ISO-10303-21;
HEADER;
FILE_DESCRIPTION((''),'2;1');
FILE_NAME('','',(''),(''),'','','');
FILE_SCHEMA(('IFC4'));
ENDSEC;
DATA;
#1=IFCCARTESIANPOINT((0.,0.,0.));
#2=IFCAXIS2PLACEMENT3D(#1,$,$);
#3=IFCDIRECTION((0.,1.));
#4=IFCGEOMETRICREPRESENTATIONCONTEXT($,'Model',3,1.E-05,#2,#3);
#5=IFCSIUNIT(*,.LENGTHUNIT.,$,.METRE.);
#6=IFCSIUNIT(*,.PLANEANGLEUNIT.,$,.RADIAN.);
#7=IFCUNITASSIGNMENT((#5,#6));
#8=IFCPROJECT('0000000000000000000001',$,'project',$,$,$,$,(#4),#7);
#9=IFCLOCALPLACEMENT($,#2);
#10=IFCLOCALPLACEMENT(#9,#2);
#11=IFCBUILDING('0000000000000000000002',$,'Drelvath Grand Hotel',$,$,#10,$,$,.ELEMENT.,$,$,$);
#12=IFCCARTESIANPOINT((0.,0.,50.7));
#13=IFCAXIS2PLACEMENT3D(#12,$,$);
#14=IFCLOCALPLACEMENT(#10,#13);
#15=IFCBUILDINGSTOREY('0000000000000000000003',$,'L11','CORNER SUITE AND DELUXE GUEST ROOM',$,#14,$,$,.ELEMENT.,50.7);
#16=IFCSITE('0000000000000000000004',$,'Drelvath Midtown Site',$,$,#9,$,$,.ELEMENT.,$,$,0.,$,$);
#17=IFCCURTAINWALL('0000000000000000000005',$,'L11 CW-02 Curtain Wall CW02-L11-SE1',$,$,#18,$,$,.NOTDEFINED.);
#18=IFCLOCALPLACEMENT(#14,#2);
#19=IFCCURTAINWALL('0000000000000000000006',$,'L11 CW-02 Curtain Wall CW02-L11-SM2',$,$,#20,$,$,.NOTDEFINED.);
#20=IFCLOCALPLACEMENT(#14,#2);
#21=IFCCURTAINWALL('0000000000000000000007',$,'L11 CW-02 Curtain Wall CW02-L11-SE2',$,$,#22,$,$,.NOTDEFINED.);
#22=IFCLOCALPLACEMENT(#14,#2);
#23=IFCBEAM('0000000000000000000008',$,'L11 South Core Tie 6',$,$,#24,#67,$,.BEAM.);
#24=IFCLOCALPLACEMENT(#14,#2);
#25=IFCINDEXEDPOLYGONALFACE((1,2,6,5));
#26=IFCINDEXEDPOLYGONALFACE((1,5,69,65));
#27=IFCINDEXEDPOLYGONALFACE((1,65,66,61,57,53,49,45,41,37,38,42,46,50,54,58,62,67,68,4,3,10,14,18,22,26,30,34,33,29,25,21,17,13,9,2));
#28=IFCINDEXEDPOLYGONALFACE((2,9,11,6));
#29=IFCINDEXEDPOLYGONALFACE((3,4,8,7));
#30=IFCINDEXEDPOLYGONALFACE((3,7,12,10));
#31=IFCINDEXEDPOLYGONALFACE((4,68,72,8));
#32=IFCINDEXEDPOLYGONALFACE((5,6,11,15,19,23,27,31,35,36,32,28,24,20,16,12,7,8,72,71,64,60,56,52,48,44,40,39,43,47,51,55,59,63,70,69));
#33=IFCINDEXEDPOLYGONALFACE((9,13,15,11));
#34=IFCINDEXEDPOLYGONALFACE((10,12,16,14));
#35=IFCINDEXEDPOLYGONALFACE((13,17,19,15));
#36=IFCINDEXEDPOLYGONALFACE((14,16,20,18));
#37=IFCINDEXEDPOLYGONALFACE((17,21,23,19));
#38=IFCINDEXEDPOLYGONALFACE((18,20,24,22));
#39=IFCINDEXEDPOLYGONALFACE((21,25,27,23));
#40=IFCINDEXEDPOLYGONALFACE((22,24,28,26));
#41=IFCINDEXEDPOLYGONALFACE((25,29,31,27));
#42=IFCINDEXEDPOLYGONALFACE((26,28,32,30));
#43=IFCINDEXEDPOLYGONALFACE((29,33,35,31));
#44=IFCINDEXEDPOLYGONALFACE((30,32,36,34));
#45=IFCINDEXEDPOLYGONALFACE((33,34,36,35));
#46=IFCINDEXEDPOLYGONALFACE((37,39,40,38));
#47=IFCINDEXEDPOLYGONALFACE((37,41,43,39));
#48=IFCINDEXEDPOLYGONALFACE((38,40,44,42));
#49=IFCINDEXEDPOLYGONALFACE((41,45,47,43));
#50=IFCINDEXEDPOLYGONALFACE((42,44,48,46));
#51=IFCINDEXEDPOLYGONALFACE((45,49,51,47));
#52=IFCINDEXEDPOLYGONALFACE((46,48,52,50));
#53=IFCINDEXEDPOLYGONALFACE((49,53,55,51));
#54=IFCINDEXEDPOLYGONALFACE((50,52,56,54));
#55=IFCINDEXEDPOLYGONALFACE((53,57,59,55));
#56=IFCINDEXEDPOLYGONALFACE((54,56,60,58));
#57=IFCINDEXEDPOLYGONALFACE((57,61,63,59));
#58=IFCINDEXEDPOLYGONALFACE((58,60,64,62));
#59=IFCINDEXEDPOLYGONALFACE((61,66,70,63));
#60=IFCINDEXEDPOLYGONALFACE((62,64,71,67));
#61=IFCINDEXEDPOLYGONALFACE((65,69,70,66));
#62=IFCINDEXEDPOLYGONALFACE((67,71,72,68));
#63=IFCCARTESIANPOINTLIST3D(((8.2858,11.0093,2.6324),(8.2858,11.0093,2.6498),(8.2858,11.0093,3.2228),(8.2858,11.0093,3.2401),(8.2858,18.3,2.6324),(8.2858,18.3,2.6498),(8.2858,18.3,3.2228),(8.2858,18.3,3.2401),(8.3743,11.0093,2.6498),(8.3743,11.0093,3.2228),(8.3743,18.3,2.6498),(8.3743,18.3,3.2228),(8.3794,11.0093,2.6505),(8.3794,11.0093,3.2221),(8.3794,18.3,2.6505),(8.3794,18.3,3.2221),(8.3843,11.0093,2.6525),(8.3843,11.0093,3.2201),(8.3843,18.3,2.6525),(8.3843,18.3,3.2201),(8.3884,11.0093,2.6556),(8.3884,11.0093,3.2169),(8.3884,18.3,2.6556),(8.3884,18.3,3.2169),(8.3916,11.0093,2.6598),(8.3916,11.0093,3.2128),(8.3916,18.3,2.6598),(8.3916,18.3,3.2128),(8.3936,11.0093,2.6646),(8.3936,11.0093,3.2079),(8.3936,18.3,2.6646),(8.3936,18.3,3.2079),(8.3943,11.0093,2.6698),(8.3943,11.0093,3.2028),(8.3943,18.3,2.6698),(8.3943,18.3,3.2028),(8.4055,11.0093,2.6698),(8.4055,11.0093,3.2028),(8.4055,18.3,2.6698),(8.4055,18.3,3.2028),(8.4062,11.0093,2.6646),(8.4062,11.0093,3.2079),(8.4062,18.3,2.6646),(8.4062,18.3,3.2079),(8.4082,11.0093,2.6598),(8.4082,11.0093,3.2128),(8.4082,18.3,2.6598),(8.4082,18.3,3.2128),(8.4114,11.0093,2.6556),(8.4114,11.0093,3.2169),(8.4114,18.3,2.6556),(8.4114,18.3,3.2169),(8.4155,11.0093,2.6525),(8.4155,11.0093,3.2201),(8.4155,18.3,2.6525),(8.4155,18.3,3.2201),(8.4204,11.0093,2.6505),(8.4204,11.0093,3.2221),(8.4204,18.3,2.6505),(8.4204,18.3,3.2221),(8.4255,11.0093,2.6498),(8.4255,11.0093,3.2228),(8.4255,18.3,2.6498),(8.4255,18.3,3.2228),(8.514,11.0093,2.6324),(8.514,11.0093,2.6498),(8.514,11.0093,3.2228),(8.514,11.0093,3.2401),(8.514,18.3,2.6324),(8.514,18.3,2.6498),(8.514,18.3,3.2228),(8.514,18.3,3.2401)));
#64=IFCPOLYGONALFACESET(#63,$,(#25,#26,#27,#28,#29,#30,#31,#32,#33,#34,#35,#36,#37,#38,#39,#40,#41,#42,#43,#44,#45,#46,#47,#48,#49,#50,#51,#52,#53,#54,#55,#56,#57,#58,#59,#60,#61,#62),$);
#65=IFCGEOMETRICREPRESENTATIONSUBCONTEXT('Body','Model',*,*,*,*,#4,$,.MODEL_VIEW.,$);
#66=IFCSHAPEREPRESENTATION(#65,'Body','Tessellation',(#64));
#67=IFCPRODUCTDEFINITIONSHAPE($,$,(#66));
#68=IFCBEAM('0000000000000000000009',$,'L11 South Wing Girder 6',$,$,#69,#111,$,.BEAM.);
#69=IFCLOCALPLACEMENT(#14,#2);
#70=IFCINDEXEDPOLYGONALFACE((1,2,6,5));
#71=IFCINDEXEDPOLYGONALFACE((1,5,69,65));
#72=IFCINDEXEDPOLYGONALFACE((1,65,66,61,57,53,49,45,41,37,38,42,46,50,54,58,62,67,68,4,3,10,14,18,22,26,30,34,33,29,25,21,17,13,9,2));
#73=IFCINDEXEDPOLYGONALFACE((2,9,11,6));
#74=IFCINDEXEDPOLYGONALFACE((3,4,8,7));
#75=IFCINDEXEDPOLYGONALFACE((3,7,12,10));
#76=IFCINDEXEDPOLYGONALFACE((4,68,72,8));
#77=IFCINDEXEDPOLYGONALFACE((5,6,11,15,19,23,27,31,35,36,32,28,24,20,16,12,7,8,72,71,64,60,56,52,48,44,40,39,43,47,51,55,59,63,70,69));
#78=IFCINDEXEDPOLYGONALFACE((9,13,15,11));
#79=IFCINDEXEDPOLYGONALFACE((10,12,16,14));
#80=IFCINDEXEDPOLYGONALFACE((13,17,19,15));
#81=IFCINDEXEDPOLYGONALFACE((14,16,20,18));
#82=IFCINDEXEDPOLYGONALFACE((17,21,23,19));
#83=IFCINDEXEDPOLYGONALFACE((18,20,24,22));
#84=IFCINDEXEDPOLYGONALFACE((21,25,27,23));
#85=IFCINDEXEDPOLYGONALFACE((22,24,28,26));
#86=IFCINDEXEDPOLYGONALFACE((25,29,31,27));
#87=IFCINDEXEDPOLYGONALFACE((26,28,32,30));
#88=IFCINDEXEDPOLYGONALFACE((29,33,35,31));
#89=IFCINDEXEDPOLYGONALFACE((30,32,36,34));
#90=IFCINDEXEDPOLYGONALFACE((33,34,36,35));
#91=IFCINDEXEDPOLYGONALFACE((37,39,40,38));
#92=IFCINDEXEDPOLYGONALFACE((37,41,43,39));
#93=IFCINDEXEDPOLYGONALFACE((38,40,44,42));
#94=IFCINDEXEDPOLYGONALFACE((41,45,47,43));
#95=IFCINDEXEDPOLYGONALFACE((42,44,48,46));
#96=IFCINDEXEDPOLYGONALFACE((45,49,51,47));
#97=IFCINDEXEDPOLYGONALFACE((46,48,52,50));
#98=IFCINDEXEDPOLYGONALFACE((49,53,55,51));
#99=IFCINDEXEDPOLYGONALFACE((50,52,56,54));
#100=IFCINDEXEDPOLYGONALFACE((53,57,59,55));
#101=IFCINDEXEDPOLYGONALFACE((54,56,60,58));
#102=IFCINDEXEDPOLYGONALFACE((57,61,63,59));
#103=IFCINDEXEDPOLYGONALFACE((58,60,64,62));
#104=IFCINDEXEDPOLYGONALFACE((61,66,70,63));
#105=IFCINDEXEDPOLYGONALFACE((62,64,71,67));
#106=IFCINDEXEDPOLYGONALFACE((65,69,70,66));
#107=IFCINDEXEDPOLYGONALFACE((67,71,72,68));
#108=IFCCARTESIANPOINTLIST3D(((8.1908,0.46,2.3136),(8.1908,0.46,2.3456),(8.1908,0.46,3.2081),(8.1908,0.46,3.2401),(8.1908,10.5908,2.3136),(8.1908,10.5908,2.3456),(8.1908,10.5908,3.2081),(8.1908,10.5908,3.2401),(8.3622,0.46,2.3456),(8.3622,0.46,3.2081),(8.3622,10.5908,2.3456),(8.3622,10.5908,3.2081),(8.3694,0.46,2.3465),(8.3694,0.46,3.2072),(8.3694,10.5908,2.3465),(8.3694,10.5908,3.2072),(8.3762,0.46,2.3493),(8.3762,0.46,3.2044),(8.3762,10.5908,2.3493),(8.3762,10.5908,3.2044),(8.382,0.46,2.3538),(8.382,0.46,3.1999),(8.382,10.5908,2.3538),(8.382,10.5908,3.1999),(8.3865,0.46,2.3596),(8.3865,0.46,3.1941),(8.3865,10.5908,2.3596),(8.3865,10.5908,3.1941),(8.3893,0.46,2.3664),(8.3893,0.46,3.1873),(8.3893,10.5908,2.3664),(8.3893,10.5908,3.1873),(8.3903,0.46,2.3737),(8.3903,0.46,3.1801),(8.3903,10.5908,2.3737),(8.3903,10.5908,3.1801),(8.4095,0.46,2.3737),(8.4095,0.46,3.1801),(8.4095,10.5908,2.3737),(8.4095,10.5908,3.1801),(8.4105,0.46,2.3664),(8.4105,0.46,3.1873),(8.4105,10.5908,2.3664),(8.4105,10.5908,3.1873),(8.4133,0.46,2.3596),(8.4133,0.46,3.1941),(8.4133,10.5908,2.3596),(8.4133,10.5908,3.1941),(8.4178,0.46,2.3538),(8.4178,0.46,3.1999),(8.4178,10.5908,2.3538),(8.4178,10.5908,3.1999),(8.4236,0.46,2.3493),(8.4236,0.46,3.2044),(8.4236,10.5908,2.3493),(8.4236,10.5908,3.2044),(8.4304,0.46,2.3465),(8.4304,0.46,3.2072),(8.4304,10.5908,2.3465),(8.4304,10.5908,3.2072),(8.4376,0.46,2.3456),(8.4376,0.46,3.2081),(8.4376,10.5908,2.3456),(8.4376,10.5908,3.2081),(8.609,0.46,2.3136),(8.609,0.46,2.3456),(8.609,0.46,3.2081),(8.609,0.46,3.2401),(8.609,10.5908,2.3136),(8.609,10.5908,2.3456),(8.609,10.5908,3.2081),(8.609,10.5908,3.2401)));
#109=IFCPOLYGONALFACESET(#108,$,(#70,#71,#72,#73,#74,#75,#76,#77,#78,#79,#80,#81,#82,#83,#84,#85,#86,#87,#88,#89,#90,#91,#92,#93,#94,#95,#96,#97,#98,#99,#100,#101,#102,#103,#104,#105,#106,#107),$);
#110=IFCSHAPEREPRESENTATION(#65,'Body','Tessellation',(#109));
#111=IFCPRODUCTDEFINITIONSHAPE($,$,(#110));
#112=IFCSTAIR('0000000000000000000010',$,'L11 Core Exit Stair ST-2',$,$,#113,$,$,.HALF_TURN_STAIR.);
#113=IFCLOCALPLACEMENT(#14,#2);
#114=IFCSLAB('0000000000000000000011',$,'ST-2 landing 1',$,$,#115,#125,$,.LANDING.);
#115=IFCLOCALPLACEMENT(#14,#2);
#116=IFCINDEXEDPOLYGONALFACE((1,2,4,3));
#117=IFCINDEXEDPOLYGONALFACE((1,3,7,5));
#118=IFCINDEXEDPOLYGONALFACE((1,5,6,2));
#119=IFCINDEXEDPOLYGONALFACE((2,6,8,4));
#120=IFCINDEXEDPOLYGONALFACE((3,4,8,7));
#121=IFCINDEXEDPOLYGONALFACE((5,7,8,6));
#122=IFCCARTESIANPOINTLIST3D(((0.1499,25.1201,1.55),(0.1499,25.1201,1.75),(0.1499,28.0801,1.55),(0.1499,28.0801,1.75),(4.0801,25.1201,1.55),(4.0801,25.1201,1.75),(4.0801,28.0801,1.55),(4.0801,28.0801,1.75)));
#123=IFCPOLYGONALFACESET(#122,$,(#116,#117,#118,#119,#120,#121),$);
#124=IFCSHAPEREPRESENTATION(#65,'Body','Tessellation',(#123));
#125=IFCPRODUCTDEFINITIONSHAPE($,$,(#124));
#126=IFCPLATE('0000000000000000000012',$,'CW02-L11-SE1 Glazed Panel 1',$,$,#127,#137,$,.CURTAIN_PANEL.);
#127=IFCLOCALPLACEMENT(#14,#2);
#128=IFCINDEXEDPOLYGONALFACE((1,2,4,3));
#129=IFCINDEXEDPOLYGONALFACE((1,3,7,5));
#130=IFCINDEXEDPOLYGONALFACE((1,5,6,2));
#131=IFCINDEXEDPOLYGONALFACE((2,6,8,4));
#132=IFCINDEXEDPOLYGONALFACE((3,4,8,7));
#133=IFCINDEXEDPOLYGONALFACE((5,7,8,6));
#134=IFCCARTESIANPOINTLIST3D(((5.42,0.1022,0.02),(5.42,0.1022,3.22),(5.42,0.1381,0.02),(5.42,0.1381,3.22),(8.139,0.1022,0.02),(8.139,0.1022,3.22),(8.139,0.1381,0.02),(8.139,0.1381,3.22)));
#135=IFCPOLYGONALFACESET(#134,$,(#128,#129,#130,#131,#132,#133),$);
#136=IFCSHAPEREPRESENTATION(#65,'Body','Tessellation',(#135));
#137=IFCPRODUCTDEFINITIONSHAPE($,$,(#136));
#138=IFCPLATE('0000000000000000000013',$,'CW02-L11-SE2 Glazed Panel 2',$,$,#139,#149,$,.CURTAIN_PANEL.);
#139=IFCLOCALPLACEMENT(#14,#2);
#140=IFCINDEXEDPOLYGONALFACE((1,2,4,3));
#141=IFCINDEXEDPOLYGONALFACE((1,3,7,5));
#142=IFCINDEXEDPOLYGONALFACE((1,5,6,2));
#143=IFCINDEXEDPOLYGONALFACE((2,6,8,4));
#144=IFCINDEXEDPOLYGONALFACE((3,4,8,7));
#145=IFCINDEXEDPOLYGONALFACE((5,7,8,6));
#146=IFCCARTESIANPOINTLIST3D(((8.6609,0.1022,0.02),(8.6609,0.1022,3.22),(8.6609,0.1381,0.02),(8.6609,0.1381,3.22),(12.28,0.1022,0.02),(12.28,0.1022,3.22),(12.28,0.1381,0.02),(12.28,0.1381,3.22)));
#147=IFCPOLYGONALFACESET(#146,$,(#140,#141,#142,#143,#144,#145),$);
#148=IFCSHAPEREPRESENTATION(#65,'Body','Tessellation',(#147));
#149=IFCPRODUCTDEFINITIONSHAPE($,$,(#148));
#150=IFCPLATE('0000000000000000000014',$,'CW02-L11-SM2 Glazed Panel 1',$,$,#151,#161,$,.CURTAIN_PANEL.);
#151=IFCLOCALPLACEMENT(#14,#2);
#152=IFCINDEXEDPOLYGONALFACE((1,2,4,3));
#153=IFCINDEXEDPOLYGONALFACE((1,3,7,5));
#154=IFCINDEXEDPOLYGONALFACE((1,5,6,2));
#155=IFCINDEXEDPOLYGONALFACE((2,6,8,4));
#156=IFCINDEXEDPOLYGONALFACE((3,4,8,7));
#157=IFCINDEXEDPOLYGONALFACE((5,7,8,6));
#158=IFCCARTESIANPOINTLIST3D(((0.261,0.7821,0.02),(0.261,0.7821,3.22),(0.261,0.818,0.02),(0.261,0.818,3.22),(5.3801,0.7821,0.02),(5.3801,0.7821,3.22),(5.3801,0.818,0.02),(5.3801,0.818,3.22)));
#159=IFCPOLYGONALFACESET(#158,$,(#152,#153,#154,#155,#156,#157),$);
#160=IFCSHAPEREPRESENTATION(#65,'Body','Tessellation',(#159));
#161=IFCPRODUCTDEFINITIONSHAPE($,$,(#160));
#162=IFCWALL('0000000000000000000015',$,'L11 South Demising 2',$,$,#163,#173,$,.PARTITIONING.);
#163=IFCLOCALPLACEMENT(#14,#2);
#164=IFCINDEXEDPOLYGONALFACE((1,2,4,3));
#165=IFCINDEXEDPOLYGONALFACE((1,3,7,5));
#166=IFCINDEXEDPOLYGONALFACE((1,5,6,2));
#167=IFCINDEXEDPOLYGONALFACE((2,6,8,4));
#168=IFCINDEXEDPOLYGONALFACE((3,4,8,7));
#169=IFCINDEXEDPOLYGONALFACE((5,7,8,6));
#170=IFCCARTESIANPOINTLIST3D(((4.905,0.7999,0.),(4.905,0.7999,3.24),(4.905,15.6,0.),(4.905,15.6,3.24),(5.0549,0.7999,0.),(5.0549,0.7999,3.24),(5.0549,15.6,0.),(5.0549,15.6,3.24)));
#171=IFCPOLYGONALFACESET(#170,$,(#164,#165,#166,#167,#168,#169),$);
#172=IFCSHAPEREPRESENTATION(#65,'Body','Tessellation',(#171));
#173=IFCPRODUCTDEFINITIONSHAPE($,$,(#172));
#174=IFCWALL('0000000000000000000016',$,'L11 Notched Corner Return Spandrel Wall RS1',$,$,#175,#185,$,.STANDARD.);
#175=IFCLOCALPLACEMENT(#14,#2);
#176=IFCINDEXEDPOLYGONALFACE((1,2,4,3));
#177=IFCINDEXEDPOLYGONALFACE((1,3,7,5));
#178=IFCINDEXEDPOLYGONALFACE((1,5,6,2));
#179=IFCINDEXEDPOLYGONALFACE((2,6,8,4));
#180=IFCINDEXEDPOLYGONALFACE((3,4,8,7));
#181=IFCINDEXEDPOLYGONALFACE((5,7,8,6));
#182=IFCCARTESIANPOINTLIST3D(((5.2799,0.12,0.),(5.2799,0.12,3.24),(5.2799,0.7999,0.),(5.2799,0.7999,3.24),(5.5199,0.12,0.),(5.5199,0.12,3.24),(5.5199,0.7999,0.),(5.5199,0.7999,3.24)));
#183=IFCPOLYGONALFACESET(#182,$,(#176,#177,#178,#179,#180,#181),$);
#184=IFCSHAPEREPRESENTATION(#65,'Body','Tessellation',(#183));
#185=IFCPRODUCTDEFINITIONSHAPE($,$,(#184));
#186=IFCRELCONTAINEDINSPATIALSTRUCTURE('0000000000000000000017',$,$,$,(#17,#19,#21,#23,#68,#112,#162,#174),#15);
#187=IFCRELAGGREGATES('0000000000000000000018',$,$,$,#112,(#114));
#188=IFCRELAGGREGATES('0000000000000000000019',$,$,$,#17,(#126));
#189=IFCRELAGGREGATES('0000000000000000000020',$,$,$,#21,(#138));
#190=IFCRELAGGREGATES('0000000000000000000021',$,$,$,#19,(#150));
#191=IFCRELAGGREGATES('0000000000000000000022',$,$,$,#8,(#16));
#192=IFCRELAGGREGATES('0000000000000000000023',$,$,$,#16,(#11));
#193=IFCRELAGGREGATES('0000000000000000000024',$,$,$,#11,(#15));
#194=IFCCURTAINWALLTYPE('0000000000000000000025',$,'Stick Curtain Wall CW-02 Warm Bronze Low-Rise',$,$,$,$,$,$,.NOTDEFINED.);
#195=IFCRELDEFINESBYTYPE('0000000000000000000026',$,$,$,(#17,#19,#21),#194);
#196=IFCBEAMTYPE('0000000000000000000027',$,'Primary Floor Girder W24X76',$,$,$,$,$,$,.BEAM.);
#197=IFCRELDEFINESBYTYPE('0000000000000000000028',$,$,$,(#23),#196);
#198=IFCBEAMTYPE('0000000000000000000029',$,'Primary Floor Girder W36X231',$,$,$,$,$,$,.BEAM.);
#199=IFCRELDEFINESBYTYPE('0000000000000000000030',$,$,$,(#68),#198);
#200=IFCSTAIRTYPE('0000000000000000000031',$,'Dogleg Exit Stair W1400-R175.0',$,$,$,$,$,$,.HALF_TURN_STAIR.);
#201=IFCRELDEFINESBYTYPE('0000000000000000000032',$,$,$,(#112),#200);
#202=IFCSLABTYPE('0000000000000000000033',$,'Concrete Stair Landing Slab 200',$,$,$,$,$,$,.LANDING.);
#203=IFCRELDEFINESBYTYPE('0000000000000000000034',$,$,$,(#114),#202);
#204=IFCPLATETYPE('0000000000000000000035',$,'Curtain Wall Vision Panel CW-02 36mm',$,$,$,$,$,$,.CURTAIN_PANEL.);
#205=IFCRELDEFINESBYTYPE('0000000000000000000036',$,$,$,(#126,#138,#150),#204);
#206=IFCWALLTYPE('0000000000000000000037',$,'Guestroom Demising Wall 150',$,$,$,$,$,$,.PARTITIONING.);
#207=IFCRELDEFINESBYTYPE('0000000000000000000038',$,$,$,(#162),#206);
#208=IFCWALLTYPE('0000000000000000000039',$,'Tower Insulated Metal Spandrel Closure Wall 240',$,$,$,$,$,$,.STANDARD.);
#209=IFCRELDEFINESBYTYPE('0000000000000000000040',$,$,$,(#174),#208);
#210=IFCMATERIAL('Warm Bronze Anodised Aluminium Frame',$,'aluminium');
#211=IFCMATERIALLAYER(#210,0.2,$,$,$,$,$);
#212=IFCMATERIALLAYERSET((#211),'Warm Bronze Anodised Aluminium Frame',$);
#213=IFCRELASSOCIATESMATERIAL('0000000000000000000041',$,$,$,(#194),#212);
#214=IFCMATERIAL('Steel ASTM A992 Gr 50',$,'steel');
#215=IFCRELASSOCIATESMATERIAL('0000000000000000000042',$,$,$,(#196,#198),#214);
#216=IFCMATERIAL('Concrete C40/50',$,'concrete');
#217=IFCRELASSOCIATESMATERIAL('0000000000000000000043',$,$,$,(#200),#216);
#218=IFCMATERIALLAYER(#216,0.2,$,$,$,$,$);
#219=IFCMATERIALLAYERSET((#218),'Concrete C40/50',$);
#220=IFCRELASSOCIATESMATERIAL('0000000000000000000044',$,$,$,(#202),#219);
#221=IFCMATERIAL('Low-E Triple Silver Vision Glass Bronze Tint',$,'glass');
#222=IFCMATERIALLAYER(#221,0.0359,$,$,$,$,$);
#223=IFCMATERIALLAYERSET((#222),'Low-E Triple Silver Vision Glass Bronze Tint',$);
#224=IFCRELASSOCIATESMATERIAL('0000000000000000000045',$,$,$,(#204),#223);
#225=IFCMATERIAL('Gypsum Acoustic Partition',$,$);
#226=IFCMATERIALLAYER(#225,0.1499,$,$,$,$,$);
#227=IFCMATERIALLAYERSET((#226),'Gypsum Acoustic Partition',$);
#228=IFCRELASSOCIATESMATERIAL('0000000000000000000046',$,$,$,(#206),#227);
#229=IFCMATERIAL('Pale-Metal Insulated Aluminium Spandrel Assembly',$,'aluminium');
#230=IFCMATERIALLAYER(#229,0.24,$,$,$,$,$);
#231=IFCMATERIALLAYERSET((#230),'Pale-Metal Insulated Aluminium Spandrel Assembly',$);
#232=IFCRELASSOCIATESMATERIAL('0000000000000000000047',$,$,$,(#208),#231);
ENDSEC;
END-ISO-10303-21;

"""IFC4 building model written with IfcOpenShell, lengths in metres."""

from ifc_helpers import new_model, si_unit, direction, frame, frame_2d, origin, origin_2d, place, context, subcontext, project, spatial, polyline, rectangle, i_section, outline, extrude, material, layer, layer_set, material_profile, profile_set, type_object, element, aggregate, save


model = new_model("IFC4")

# Units and contexts
model_context = context("Model", 3, precision=1e-05, world=origin(), true_north=direction((0.0, 1.0)))
body_context = subcontext(model_context, "Body", "Model", "MODEL_VIEW")
ifc_project = project(units=[si_unit("LENGTHUNIT", "METRE"), si_unit("PLANEANGLEUNIT", "RADIAN")], contexts=[model_context])

# Site, building, storey
site_placement = place(None, origin())
site = spatial("IfcSite", under=ifc_project, at=site_placement, Name="Drelvath Midtown Site", CompositionType="ELEMENT", RefElevation=0.0)
building_placement = place(site_placement, origin())
building = spatial("IfcBuilding", under=site, at=building_placement, Name="Drelvath Grand Hotel", CompositionType="ELEMENT")
storey_placement = place(building_placement, frame((0.0, 0.0, 50.7)))
storey = spatial("IfcBuildingStorey", under=building, at=storey_placement, Name="L11", Description="CORNER SUITE AND DELUXE GUEST ROOM", CompositionType="ELEMENT", Elevation=50.7)

# Shared definitions
ifc_material_1 = material(Name="Steel ASTM A992 Gr 50", Category="steel")

# Curtain walls
ifc_material_2 = material(Name="Warm Bronze Anodised Aluminium Frame", Category="aluminium")
ifc_layer_1 = layer(ifc_material_2, 0.2)
ifc_layer_set_1 = layer_set([ifc_layer_1], Name="Warm Bronze Anodised Aluminium Frame")
curtain_wall_type = type_object("IfcCurtainWallType", Name="Stick Curtain Wall CW-02 Warm Bronze Low-Rise", PredefinedType="NOTDEFINED", material=ifc_layer_set_1)
curtain_wall_1_placement = place(storey_placement, origin())
curtain_wall_1 = element("IfcCurtainWall", 1, at=curtain_wall_1_placement, inside=storey, type_object=curtain_wall_type, Name="L11 CW-02 Curtain Wall CW02-L11-SE1", PredefinedType="NOTDEFINED")
curtain_wall_2_placement = place(storey_placement, origin())
curtain_wall_2 = element("IfcCurtainWall", 2, at=curtain_wall_2_placement, inside=storey, type_object=curtain_wall_type, Name="L11 CW-02 Curtain Wall CW02-L11-SM2", PredefinedType="NOTDEFINED")

# Curtain wall
curtain_wall_3_placement = place(storey_placement, origin())
curtain_wall_3 = element("IfcCurtainWall", 3, at=curtain_wall_3_placement, inside=storey, type_object=curtain_wall_type, Name="L11 CW-02 Curtain Wall CW02-L11-SE2", PredefinedType="NOTDEFINED")

# Beams
ifc_material_profile_1 = material_profile(ifc_material_1, i_section(OverallWidth=0.2283, OverallDepth=0.6077, WebThickness=0.0112, FlangeThickness=0.0173, FilletRadius=0.02, at=origin_2d()), Name="W24X76")
ifc_profile_set_1 = profile_set([ifc_material_profile_1], Name="Steel ASTM A992 Gr 50")
beam_type_1 = type_object("IfcBeamType", Name="Primary Floor Girder W24X76", PredefinedType="BEAM", material=ifc_profile_set_1)
beam_1_placement = place(storey_placement, frame((8.3999, 11.0093, 2.9363), z_axis=(0.0, 1.0, 0.0), x_axis=(-1.0, 0.0, 0.0)))
element("IfcBeam", 4, at=beam_1_placement, inside=storey, type_object=beam_type_1, Name="L11 South Core Tie 6", PredefinedType="BEAM", context=body_context, shape_type="SweptSolid", body=[
    extrude(i_section(OverallWidth=0.2283, OverallDepth=0.6077, WebThickness=0.0112, FlangeThickness=0.0173, FilletRadius=0.02, at=origin_2d()), origin(), (0.0, 0.0, 1.0), 7.2908),
])
ifc_material_profile_2 = material_profile(ifc_material_1, i_section(OverallWidth=0.4182, OverallDepth=0.9265, WebThickness=0.0193, FlangeThickness=0.032, FilletRadius=0.0281, at=origin_2d()), Name="W36X231")
ifc_profile_set_2 = profile_set([ifc_material_profile_2], Name="Steel ASTM A992 Gr 50")
beam_type_2 = type_object("IfcBeamType", Name="Primary Floor Girder W36X231", PredefinedType="BEAM", material=ifc_profile_set_2)
beam_2_placement = place(storey_placement, frame((8.3999, 0.46, 2.7769), z_axis=(0.0, 1.0, 0.0), x_axis=(-1.0, 0.0, 0.0)))
element("IfcBeam", 5, at=beam_2_placement, inside=storey, type_object=beam_type_2, Name="L11 South Wing Girder 6", PredefinedType="BEAM", context=body_context, shape_type="SweptSolid", body=[
    extrude(i_section(OverallWidth=0.4182, OverallDepth=0.9265, WebThickness=0.0193, FlangeThickness=0.032, FilletRadius=0.0281, at=origin_2d()), origin(), (0.0, 0.0, 1.0), 10.1309),
])

# Stair, slab
ifc_material_3 = material(Name="Concrete C40/50", Category="concrete")
stair_type = type_object("IfcStairType", Name="Dogleg Exit Stair W1400-R175.0", PredefinedType="HALF_TURN_STAIR", material=ifc_material_3)
stair_placement = place(storey_placement, origin())
stair = element("IfcStair", 6, at=stair_placement, inside=storey, type_object=stair_type, Name="L11 Core Exit Stair ST-2", PredefinedType="HALF_TURN_STAIR")
ifc_layer_2 = layer(ifc_material_3, 0.2)
ifc_layer_set_2 = layer_set([ifc_layer_2], Name="Concrete C40/50")
slab_type = type_object("IfcSlabType", Name="Concrete Stair Landing Slab 200", PredefinedType="LANDING", material=ifc_layer_set_2)
slab_placement = place(storey_placement, frame((0.0, 0.0, 1.55)))
slab = element("IfcSlab", 7, at=slab_placement, type_object=slab_type, Name="ST-2 landing 1", PredefinedType="LANDING", context=body_context, shape_type="SweptSolid", body=[
    extrude(outline(polyline([(4.0801, 28.0801), (0.1499, 28.0801), (0.1499, 25.1201), (4.0801, 25.1201), (4.0801, 28.0801)])), origin(), (0.0, 0.0, 1.0), 0.2),
])
aggregate(stair, [slab])

# Plates
ifc_material_4 = material(Name="Low-E Triple Silver Vision Glass Bronze Tint", Category="glass")
ifc_layer_3 = layer(ifc_material_4, 0.0359)
ifc_layer_set_3 = layer_set([ifc_layer_3], Name="Low-E Triple Silver Vision Glass Bronze Tint")
plate_type = type_object("IfcPlateType", Name="Curtain Wall Vision Panel CW-02 36mm", PredefinedType="CURTAIN_PANEL", material=ifc_layer_set_3)
plate_1_placement = place(storey_placement, frame((6.7795, 0.1201, 0.02), z_axis=(0.0, 0.0, 1.0), x_axis=(-1.0, 0.0, 0.0)))
plate_1 = element("IfcPlate", 8, at=plate_1_placement, type_object=plate_type, Name="CW02-L11-SE1 Glazed Panel 1", PredefinedType="CURTAIN_PANEL", context=body_context, shape_type="SweptSolid", body=[
    extrude(rectangle(XDim=2.719, YDim=0.0359, at=origin_2d()), origin(), (0.0, 0.0, 1.0), 3.2),
])
aggregate(curtain_wall_1, [plate_1])
plate_2_placement = place(storey_placement, frame((10.4705, 0.1201, 0.02), z_axis=(0.0, 0.0, 1.0), x_axis=(-1.0, 0.0, 0.0)))
plate_2 = element("IfcPlate", 9, at=plate_2_placement, type_object=plate_type, Name="CW02-L11-SE2 Glazed Panel 2", PredefinedType="CURTAIN_PANEL", context=body_context, shape_type="SweptSolid", body=[
    extrude(rectangle(XDim=3.6191, YDim=0.0359, at=origin_2d()), origin(), (0.0, 0.0, 1.0), 3.2),
])
aggregate(curtain_wall_3, [plate_2])
plate_3_placement = place(storey_placement, frame((2.8206, 0.8, 0.02), z_axis=(0.0, 0.0, 1.0), x_axis=(-1.0, 0.0, 0.0)))
plate_3 = element("IfcPlate", 10, at=plate_3_placement, type_object=plate_type, Name="CW02-L11-SM2 Glazed Panel 1", PredefinedType="CURTAIN_PANEL", context=body_context, shape_type="SweptSolid", body=[
    extrude(rectangle(XDim=5.1191, YDim=0.0359, at=origin_2d()), origin(), (0.0, 0.0, 1.0), 3.2),
])
aggregate(curtain_wall_2, [plate_3])

# Walls
ifc_material_5 = material(Name="Gypsum Acoustic Partition")
ifc_layer_4 = layer(ifc_material_5, 0.1499)
ifc_layer_set_4 = layer_set([ifc_layer_4], Name="Gypsum Acoustic Partition")
wall_type_1 = type_object("IfcWallType", Name="Guestroom Demising Wall 150", PredefinedType="PARTITIONING", material=ifc_layer_set_4)
wall_1_placement = place(storey_placement, frame((4.98, 0.8, 0.0), z_axis=(0.0, 0.0, 1.0), x_axis=(0.0, 1.0, 0.0)))
element("IfcWall", 11, at=wall_1_placement, inside=storey, type_object=wall_type_1, Name="L11 South Demising 2", PredefinedType="PARTITIONING", context=body_context, shape_type="SweptSolid", body=[
    extrude(rectangle(XDim=14.8, YDim=0.1499, at=frame_2d((7.3999, 0.0))), origin(), (0.0, 0.0, 1.0), 3.24),
])
ifc_material_6 = material(Name="Pale-Metal Insulated Aluminium Spandrel Assembly", Category="aluminium")
ifc_layer_5 = layer(ifc_material_6, 0.24)
ifc_layer_set_5 = layer_set([ifc_layer_5], Name="Pale-Metal Insulated Aluminium Spandrel Assembly")
wall_type_2 = type_object("IfcWallType", Name="Tower Insulated Metal Spandrel Closure Wall 240", PredefinedType="STANDARD", material=ifc_layer_set_5)
wall_2_placement = place(storey_placement, frame((5.3999, 0.1201, 0.0), z_axis=(0.0, 0.0, 1.0), x_axis=(0.0, 1.0, 0.0)))
element("IfcWall", 12, at=wall_2_placement, inside=storey, type_object=wall_type_2, Name="L11 Notched Corner Return Spandrel Wall RS1", PredefinedType="STANDARD", context=body_context, shape_type="SweptSolid", body=[
    extrude(rectangle(XDim=0.6799, YDim=0.24, at=frame_2d((0.3398, 0.0))), origin(), (0.0, 0.0, 1.0), 3.24),
])

save(model, "model.ifc")
